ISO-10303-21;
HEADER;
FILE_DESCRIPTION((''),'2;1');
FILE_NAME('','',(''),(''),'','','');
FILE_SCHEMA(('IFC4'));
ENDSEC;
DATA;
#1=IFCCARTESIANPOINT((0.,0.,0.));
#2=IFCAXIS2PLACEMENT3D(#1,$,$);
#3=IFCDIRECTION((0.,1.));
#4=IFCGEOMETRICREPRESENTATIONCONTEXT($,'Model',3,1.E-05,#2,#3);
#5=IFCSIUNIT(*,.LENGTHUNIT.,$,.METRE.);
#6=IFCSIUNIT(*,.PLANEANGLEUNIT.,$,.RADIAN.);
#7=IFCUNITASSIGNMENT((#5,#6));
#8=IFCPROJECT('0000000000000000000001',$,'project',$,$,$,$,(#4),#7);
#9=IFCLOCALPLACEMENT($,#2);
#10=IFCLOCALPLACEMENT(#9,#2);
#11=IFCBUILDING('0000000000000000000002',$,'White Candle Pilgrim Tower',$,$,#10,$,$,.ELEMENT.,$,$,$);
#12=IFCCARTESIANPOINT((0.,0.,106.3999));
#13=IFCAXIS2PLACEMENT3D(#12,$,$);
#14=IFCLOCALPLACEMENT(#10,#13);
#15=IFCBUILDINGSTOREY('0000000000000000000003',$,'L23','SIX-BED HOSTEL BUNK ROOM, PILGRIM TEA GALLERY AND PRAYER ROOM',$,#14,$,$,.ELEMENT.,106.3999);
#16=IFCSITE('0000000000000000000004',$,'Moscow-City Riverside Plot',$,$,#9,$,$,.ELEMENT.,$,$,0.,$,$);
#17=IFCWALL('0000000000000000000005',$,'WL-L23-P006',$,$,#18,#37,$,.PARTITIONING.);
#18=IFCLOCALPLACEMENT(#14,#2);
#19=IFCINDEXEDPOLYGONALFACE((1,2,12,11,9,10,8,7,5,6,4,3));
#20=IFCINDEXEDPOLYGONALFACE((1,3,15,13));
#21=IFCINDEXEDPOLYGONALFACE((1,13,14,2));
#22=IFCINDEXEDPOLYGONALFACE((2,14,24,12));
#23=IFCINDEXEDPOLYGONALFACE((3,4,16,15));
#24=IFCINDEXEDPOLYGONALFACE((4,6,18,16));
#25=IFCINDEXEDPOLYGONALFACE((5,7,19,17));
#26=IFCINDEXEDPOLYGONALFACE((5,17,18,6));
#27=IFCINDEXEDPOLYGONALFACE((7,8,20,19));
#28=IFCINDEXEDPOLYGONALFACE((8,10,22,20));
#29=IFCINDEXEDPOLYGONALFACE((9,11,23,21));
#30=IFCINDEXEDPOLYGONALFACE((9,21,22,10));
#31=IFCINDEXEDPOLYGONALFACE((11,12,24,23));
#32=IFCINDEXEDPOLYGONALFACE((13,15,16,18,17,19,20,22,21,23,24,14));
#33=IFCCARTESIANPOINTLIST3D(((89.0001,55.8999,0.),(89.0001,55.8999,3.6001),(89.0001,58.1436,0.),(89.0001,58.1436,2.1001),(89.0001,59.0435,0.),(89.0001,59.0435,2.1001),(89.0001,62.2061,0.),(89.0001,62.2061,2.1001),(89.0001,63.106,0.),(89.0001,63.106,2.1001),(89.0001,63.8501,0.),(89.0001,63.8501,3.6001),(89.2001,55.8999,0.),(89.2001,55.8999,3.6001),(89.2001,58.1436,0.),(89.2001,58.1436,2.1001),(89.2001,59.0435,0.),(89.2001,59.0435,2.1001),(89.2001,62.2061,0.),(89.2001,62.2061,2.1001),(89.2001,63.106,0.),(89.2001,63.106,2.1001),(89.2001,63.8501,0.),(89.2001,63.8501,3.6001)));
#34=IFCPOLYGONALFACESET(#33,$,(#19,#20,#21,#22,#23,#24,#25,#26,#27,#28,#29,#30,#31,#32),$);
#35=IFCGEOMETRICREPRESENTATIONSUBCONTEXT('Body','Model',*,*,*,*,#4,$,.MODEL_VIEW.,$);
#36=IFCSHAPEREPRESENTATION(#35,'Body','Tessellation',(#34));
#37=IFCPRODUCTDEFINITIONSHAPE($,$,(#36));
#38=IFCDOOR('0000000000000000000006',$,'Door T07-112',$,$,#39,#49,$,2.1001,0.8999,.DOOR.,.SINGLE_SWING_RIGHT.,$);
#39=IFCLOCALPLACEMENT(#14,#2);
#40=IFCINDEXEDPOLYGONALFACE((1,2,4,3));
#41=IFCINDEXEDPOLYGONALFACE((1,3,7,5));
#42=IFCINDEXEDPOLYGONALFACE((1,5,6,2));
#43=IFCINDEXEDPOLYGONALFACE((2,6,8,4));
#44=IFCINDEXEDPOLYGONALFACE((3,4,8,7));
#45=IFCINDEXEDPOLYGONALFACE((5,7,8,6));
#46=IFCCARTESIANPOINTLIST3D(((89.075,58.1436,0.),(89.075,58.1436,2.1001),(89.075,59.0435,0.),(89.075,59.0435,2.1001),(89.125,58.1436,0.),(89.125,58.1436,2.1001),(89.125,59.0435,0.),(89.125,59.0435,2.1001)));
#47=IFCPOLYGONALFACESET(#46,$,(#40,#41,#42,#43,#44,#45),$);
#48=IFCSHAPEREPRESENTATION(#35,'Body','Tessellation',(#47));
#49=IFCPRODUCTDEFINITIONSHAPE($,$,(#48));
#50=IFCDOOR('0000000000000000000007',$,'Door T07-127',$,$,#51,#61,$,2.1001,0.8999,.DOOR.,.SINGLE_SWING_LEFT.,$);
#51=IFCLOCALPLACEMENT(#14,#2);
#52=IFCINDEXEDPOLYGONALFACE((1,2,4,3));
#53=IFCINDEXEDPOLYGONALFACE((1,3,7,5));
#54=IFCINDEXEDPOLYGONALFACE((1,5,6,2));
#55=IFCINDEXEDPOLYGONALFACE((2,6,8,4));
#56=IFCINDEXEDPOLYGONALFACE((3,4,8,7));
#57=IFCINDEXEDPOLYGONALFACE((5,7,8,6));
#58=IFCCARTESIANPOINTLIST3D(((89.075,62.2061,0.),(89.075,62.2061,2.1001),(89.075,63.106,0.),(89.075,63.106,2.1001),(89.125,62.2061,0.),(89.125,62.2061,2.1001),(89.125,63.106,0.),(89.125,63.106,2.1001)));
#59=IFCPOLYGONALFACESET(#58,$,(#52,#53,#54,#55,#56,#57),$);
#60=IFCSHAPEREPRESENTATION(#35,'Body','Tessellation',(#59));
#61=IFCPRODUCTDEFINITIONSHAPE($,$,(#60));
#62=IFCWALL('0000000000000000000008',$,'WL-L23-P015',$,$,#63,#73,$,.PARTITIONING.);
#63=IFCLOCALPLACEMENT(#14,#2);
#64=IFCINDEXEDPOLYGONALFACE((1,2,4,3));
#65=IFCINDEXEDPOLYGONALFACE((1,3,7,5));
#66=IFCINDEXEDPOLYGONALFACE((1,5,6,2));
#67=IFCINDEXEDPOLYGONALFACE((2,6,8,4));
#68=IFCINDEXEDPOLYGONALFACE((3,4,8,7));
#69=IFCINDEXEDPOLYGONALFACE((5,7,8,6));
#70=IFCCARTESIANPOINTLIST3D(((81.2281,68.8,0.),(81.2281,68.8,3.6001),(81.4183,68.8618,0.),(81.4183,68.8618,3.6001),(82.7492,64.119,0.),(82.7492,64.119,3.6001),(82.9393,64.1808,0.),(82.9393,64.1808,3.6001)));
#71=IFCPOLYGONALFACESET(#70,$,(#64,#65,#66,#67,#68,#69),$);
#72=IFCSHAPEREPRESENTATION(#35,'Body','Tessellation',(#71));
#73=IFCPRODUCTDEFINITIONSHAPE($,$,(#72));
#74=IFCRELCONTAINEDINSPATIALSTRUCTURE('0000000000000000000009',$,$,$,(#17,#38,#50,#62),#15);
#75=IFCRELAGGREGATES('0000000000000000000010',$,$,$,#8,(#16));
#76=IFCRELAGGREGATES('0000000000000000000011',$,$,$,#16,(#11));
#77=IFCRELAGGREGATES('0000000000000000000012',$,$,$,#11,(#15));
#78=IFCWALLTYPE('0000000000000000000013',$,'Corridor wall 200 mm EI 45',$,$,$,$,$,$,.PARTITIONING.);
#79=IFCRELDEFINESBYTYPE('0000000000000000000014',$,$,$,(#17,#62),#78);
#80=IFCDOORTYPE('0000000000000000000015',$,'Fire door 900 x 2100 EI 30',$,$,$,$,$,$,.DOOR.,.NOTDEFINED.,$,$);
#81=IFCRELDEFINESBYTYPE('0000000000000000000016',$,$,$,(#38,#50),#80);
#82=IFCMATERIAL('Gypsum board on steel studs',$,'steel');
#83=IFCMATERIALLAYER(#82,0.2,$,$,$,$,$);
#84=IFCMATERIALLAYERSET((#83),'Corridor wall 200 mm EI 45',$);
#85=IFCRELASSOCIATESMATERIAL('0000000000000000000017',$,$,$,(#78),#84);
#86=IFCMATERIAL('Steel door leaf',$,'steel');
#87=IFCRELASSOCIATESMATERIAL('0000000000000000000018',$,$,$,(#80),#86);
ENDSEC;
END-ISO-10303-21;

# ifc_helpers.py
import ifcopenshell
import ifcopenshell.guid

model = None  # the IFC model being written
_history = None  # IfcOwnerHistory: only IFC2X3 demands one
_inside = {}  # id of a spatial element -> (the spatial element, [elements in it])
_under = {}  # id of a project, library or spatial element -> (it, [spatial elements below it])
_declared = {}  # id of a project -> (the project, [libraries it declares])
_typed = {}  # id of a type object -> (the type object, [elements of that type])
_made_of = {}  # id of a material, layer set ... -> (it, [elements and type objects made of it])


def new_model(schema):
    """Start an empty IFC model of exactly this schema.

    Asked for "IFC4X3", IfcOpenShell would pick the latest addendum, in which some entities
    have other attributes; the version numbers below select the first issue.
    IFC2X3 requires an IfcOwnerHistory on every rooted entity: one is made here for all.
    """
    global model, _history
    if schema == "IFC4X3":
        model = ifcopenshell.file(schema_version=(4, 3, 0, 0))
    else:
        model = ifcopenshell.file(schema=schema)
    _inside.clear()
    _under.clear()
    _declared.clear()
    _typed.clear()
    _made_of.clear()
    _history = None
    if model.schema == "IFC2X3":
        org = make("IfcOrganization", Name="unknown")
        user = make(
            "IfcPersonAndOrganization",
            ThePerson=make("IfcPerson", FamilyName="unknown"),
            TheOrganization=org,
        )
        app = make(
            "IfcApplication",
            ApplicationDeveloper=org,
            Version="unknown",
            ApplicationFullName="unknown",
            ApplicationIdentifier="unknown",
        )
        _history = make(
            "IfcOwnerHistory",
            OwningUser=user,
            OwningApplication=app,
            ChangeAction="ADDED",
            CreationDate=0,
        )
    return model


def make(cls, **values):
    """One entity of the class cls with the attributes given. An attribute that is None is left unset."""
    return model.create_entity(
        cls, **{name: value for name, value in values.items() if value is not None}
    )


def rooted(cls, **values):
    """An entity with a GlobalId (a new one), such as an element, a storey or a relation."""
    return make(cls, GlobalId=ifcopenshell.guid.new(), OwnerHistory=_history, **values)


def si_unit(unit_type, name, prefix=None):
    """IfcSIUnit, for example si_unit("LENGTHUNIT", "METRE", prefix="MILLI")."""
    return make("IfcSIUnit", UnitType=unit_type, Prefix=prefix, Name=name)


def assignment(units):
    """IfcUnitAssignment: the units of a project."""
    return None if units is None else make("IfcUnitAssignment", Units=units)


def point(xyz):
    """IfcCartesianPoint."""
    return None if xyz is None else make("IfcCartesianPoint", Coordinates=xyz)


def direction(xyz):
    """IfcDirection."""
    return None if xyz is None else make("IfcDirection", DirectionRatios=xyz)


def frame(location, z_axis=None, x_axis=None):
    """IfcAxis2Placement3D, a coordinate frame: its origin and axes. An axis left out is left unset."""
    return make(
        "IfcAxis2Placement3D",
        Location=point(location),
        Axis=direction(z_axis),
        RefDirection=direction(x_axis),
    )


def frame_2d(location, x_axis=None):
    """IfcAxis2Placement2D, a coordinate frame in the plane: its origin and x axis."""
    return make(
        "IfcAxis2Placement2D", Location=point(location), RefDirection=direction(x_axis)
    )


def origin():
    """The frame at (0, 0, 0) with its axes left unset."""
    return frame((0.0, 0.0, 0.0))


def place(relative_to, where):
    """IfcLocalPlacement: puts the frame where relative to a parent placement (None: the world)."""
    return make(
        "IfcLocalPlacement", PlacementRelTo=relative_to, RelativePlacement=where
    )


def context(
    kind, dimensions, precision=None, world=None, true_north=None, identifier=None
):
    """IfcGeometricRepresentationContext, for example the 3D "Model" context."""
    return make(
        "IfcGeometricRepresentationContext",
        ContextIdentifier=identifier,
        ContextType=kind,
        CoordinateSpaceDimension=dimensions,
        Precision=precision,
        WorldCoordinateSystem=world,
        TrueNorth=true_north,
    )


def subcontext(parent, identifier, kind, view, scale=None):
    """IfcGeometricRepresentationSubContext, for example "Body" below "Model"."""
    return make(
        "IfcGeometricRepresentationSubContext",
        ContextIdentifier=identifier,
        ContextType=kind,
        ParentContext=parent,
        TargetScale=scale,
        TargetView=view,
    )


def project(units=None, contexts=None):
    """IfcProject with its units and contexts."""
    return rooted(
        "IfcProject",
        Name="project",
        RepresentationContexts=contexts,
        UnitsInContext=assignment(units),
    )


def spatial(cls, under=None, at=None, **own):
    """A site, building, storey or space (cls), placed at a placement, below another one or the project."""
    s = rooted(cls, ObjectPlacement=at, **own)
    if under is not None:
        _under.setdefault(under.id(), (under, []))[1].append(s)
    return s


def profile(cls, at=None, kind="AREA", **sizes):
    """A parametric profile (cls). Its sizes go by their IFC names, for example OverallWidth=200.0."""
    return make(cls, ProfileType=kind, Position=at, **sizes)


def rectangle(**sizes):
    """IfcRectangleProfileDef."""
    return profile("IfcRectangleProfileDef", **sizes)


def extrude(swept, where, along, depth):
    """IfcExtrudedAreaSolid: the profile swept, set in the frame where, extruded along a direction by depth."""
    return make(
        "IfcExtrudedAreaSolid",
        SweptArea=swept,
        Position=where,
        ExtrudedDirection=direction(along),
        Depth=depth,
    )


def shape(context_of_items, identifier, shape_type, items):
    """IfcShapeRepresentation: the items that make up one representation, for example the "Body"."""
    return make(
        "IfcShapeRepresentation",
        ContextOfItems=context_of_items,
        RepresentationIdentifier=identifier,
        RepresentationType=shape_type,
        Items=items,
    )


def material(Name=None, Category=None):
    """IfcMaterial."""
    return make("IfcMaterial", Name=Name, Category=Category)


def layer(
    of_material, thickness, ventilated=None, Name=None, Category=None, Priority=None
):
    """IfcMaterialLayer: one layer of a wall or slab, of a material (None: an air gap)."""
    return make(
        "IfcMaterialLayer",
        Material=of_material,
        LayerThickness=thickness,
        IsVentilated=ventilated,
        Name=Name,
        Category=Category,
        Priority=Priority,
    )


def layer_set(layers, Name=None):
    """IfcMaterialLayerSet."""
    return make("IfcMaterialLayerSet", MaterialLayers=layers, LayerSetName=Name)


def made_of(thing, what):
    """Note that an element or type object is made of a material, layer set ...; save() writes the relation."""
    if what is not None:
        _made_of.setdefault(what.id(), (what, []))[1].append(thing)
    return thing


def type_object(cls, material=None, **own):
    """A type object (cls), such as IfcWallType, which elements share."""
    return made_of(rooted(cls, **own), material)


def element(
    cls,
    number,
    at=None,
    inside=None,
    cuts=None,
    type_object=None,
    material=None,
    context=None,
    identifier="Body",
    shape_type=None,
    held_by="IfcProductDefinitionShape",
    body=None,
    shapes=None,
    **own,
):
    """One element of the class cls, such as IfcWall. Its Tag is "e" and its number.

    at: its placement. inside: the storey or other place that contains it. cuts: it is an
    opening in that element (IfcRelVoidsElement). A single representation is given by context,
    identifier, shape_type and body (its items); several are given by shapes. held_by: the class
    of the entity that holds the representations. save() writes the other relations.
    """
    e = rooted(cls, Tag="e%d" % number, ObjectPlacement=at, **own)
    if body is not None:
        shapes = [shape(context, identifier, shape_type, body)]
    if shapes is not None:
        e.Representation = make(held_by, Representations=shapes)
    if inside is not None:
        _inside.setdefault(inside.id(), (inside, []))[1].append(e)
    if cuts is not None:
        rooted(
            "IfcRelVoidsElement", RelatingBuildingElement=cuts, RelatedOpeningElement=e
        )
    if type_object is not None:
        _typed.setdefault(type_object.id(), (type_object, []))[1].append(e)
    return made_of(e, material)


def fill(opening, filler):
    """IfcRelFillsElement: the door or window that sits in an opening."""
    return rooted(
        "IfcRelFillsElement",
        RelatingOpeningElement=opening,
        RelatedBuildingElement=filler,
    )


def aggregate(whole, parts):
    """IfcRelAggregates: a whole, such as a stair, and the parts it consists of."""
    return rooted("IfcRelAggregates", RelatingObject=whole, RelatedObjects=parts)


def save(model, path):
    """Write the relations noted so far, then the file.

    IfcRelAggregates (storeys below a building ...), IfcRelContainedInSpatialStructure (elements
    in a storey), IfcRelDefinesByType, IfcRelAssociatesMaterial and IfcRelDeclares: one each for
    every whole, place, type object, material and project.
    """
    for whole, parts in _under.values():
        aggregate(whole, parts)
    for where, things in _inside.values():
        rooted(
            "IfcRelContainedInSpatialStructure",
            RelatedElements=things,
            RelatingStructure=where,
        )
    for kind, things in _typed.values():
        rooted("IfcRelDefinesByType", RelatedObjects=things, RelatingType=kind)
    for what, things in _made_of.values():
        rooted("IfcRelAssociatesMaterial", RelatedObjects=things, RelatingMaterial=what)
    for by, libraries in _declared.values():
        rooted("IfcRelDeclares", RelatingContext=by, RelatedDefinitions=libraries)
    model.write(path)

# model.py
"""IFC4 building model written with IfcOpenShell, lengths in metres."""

from ifc_helpers import new_model, si_unit, direction, frame, frame_2d, origin, place, context, subcontext, project, spatial, rectangle, extrude, material, layer, layer_set, type_object, element, fill, save


model = new_model("IFC4")

# Units and contexts
model_context = context("Model", 3, precision=1e-05, world=origin(), true_north=direction((0.0, 1.0)))
body_context = subcontext(model_context, "Body", "Model", "MODEL_VIEW")
ifc_project = project(units=[si_unit("LENGTHUNIT", "METRE"), si_unit("PLANEANGLEUNIT", "RADIAN")], contexts=[model_context])

# Site, building, storey
site_placement = place(None, origin())
site = spatial("IfcSite", under=ifc_project, at=site_placement, Name="Moscow-City Riverside Plot", CompositionType="ELEMENT", RefElevation=0.0)
building_placement = place(site_placement, origin())
building = spatial("IfcBuilding", under=site, at=building_placement, Name="White Candle Pilgrim Tower", CompositionType="ELEMENT")
storey_placement = place(building_placement, frame((0.0, 0.0, 106.3999)))
storey = spatial("IfcBuildingStorey", under=building, at=storey_placement, Name="L23", Description="SIX-BED HOSTEL BUNK ROOM, PILGRIM TEA GALLERY AND PRAYER ROOM", CompositionType="ELEMENT", Elevation=106.3999)

# Wall, openings, doors
ifc_material_1 = material(Name="Gypsum board on steel studs", Category="steel")
ifc_layer_1 = layer(ifc_material_1, 0.2)
ifc_layer_set_1 = layer_set([ifc_layer_1], Name="Corridor wall 200 mm EI 45")
wall_type_1 = type_object("IfcWallType", Name="Corridor wall 200 mm EI 45", PredefinedType="PARTITIONING", material=ifc_layer_set_1)
wall_1_placement = place(storey_placement, frame((89.1001, 63.8501, 0.0), z_axis=(0.0, 0.0, 1.0), x_axis=(0.0, -1.0, 0.0)))
wall_1 = element("IfcWall", 1, at=wall_1_placement, inside=storey, type_object=wall_type_1, Name="WL-L23-P006", PredefinedType="PARTITIONING", context=body_context, shape_type="SweptSolid", body=[
    extrude(rectangle(XDim=7.9502, YDim=0.2, at=frame_2d((3.9751, 0.0))), origin(), (0.0, 0.0, 1.0), 3.6001),
])
opening_1_placement = place(wall_1_placement, frame((4.8066, 0.0, 0.0)))
opening_1 = element("IfcOpeningElement", 2, at=opening_1_placement, cuts=wall_1, PredefinedType="OPENING", context=body_context, shape_type="SweptSolid", body=[
    extrude(rectangle(XDim=0.8999, YDim=2.1001, at=frame_2d((0.45, 1.05))), frame((0.0, 0.1099, 0.0), z_axis=(0.0, -1.0, 0.0), x_axis=(1.0, 0.0, 0.0)), (0.0, 0.0, 1.0), 0.22),
])
opening_2_placement = place(wall_1_placement, frame((0.7441, 0.0, 0.0)))
opening_2 = element("IfcOpeningElement", 3, at=opening_2_placement, cuts=wall_1, PredefinedType="OPENING", context=body_context, shape_type="SweptSolid", body=[
    extrude(rectangle(XDim=0.8999, YDim=2.1001, at=frame_2d((0.45, 1.05))), frame((0.0, 0.1099, 0.0), z_axis=(0.0, -1.0, 0.0), x_axis=(1.0, 0.0, 0.0)), (0.0, 0.0, 1.0), 0.22),
])
ifc_material_2 = material(Name="Steel door leaf", Category="steel")
door_type_1 = type_object("IfcDoorType", Name="Fire door 900 x 2100 EI 30", OperationType="NOTDEFINED", PredefinedType="DOOR", material=ifc_material_2)
door_1_placement = place(opening_1_placement, origin())
door_1 = element("IfcDoor", 4, at=door_1_placement, inside=storey, type_object=door_type_1, Name="Door T07-112", OperationType="SINGLE_SWING_RIGHT", OverallHeight=2.1001, OverallWidth=0.8999, PredefinedType="DOOR", context=body_context, shape_type="SweptSolid", body=[
    extrude(rectangle(XDim=0.8999, YDim=2.1001, at=frame_2d((0.45, 1.05))), frame((0.0, 0.0249, 0.0), z_axis=(0.0, -1.0, 0.0), x_axis=(1.0, 0.0, 0.0)), (0.0, 0.0, 1.0), 0.05),
])
fill(opening_1, door_1)
door_2_placement = place(opening_2_placement, origin())
door_2 = element("IfcDoor", 5, at=door_2_placement, inside=storey, type_object=door_type_1, Name="Door T07-127", OperationType="SINGLE_SWING_LEFT", OverallHeight=2.1001, OverallWidth=0.8999, PredefinedType="DOOR", context=body_context, shape_type="SweptSolid", body=[
    extrude(rectangle(XDim=0.8999, YDim=2.1001, at=frame_2d((0.45, 1.05))), frame((0.0, 0.0249, 0.0), z_axis=(0.0, -1.0, 0.0), x_axis=(1.0, 0.0, 0.0)), (0.0, 0.0, 1.0), 0.05),
])
fill(opening_2, door_2)

# Wall
wall_2_placement = place(storey_placement, frame((82.8442, 64.1499, 0.0), z_axis=(0.0, 0.0, 1.0), x_axis=(-0.309031, 0.951052, 0.0)))
element("IfcWall", 6, at=wall_2_placement, inside=storey, type_object=wall_type_1, Name="WL-L23-P015", PredefinedType="PARTITIONING", context=body_context, shape_type="SweptSolid", body=[
    extrude(rectangle(XDim=4.9219, YDim=0.2, at=frame_2d((2.4609, 0.0))), origin(), (0.0, 0.0, 1.0), 3.6001),
])

save(model, "model.ifc")
